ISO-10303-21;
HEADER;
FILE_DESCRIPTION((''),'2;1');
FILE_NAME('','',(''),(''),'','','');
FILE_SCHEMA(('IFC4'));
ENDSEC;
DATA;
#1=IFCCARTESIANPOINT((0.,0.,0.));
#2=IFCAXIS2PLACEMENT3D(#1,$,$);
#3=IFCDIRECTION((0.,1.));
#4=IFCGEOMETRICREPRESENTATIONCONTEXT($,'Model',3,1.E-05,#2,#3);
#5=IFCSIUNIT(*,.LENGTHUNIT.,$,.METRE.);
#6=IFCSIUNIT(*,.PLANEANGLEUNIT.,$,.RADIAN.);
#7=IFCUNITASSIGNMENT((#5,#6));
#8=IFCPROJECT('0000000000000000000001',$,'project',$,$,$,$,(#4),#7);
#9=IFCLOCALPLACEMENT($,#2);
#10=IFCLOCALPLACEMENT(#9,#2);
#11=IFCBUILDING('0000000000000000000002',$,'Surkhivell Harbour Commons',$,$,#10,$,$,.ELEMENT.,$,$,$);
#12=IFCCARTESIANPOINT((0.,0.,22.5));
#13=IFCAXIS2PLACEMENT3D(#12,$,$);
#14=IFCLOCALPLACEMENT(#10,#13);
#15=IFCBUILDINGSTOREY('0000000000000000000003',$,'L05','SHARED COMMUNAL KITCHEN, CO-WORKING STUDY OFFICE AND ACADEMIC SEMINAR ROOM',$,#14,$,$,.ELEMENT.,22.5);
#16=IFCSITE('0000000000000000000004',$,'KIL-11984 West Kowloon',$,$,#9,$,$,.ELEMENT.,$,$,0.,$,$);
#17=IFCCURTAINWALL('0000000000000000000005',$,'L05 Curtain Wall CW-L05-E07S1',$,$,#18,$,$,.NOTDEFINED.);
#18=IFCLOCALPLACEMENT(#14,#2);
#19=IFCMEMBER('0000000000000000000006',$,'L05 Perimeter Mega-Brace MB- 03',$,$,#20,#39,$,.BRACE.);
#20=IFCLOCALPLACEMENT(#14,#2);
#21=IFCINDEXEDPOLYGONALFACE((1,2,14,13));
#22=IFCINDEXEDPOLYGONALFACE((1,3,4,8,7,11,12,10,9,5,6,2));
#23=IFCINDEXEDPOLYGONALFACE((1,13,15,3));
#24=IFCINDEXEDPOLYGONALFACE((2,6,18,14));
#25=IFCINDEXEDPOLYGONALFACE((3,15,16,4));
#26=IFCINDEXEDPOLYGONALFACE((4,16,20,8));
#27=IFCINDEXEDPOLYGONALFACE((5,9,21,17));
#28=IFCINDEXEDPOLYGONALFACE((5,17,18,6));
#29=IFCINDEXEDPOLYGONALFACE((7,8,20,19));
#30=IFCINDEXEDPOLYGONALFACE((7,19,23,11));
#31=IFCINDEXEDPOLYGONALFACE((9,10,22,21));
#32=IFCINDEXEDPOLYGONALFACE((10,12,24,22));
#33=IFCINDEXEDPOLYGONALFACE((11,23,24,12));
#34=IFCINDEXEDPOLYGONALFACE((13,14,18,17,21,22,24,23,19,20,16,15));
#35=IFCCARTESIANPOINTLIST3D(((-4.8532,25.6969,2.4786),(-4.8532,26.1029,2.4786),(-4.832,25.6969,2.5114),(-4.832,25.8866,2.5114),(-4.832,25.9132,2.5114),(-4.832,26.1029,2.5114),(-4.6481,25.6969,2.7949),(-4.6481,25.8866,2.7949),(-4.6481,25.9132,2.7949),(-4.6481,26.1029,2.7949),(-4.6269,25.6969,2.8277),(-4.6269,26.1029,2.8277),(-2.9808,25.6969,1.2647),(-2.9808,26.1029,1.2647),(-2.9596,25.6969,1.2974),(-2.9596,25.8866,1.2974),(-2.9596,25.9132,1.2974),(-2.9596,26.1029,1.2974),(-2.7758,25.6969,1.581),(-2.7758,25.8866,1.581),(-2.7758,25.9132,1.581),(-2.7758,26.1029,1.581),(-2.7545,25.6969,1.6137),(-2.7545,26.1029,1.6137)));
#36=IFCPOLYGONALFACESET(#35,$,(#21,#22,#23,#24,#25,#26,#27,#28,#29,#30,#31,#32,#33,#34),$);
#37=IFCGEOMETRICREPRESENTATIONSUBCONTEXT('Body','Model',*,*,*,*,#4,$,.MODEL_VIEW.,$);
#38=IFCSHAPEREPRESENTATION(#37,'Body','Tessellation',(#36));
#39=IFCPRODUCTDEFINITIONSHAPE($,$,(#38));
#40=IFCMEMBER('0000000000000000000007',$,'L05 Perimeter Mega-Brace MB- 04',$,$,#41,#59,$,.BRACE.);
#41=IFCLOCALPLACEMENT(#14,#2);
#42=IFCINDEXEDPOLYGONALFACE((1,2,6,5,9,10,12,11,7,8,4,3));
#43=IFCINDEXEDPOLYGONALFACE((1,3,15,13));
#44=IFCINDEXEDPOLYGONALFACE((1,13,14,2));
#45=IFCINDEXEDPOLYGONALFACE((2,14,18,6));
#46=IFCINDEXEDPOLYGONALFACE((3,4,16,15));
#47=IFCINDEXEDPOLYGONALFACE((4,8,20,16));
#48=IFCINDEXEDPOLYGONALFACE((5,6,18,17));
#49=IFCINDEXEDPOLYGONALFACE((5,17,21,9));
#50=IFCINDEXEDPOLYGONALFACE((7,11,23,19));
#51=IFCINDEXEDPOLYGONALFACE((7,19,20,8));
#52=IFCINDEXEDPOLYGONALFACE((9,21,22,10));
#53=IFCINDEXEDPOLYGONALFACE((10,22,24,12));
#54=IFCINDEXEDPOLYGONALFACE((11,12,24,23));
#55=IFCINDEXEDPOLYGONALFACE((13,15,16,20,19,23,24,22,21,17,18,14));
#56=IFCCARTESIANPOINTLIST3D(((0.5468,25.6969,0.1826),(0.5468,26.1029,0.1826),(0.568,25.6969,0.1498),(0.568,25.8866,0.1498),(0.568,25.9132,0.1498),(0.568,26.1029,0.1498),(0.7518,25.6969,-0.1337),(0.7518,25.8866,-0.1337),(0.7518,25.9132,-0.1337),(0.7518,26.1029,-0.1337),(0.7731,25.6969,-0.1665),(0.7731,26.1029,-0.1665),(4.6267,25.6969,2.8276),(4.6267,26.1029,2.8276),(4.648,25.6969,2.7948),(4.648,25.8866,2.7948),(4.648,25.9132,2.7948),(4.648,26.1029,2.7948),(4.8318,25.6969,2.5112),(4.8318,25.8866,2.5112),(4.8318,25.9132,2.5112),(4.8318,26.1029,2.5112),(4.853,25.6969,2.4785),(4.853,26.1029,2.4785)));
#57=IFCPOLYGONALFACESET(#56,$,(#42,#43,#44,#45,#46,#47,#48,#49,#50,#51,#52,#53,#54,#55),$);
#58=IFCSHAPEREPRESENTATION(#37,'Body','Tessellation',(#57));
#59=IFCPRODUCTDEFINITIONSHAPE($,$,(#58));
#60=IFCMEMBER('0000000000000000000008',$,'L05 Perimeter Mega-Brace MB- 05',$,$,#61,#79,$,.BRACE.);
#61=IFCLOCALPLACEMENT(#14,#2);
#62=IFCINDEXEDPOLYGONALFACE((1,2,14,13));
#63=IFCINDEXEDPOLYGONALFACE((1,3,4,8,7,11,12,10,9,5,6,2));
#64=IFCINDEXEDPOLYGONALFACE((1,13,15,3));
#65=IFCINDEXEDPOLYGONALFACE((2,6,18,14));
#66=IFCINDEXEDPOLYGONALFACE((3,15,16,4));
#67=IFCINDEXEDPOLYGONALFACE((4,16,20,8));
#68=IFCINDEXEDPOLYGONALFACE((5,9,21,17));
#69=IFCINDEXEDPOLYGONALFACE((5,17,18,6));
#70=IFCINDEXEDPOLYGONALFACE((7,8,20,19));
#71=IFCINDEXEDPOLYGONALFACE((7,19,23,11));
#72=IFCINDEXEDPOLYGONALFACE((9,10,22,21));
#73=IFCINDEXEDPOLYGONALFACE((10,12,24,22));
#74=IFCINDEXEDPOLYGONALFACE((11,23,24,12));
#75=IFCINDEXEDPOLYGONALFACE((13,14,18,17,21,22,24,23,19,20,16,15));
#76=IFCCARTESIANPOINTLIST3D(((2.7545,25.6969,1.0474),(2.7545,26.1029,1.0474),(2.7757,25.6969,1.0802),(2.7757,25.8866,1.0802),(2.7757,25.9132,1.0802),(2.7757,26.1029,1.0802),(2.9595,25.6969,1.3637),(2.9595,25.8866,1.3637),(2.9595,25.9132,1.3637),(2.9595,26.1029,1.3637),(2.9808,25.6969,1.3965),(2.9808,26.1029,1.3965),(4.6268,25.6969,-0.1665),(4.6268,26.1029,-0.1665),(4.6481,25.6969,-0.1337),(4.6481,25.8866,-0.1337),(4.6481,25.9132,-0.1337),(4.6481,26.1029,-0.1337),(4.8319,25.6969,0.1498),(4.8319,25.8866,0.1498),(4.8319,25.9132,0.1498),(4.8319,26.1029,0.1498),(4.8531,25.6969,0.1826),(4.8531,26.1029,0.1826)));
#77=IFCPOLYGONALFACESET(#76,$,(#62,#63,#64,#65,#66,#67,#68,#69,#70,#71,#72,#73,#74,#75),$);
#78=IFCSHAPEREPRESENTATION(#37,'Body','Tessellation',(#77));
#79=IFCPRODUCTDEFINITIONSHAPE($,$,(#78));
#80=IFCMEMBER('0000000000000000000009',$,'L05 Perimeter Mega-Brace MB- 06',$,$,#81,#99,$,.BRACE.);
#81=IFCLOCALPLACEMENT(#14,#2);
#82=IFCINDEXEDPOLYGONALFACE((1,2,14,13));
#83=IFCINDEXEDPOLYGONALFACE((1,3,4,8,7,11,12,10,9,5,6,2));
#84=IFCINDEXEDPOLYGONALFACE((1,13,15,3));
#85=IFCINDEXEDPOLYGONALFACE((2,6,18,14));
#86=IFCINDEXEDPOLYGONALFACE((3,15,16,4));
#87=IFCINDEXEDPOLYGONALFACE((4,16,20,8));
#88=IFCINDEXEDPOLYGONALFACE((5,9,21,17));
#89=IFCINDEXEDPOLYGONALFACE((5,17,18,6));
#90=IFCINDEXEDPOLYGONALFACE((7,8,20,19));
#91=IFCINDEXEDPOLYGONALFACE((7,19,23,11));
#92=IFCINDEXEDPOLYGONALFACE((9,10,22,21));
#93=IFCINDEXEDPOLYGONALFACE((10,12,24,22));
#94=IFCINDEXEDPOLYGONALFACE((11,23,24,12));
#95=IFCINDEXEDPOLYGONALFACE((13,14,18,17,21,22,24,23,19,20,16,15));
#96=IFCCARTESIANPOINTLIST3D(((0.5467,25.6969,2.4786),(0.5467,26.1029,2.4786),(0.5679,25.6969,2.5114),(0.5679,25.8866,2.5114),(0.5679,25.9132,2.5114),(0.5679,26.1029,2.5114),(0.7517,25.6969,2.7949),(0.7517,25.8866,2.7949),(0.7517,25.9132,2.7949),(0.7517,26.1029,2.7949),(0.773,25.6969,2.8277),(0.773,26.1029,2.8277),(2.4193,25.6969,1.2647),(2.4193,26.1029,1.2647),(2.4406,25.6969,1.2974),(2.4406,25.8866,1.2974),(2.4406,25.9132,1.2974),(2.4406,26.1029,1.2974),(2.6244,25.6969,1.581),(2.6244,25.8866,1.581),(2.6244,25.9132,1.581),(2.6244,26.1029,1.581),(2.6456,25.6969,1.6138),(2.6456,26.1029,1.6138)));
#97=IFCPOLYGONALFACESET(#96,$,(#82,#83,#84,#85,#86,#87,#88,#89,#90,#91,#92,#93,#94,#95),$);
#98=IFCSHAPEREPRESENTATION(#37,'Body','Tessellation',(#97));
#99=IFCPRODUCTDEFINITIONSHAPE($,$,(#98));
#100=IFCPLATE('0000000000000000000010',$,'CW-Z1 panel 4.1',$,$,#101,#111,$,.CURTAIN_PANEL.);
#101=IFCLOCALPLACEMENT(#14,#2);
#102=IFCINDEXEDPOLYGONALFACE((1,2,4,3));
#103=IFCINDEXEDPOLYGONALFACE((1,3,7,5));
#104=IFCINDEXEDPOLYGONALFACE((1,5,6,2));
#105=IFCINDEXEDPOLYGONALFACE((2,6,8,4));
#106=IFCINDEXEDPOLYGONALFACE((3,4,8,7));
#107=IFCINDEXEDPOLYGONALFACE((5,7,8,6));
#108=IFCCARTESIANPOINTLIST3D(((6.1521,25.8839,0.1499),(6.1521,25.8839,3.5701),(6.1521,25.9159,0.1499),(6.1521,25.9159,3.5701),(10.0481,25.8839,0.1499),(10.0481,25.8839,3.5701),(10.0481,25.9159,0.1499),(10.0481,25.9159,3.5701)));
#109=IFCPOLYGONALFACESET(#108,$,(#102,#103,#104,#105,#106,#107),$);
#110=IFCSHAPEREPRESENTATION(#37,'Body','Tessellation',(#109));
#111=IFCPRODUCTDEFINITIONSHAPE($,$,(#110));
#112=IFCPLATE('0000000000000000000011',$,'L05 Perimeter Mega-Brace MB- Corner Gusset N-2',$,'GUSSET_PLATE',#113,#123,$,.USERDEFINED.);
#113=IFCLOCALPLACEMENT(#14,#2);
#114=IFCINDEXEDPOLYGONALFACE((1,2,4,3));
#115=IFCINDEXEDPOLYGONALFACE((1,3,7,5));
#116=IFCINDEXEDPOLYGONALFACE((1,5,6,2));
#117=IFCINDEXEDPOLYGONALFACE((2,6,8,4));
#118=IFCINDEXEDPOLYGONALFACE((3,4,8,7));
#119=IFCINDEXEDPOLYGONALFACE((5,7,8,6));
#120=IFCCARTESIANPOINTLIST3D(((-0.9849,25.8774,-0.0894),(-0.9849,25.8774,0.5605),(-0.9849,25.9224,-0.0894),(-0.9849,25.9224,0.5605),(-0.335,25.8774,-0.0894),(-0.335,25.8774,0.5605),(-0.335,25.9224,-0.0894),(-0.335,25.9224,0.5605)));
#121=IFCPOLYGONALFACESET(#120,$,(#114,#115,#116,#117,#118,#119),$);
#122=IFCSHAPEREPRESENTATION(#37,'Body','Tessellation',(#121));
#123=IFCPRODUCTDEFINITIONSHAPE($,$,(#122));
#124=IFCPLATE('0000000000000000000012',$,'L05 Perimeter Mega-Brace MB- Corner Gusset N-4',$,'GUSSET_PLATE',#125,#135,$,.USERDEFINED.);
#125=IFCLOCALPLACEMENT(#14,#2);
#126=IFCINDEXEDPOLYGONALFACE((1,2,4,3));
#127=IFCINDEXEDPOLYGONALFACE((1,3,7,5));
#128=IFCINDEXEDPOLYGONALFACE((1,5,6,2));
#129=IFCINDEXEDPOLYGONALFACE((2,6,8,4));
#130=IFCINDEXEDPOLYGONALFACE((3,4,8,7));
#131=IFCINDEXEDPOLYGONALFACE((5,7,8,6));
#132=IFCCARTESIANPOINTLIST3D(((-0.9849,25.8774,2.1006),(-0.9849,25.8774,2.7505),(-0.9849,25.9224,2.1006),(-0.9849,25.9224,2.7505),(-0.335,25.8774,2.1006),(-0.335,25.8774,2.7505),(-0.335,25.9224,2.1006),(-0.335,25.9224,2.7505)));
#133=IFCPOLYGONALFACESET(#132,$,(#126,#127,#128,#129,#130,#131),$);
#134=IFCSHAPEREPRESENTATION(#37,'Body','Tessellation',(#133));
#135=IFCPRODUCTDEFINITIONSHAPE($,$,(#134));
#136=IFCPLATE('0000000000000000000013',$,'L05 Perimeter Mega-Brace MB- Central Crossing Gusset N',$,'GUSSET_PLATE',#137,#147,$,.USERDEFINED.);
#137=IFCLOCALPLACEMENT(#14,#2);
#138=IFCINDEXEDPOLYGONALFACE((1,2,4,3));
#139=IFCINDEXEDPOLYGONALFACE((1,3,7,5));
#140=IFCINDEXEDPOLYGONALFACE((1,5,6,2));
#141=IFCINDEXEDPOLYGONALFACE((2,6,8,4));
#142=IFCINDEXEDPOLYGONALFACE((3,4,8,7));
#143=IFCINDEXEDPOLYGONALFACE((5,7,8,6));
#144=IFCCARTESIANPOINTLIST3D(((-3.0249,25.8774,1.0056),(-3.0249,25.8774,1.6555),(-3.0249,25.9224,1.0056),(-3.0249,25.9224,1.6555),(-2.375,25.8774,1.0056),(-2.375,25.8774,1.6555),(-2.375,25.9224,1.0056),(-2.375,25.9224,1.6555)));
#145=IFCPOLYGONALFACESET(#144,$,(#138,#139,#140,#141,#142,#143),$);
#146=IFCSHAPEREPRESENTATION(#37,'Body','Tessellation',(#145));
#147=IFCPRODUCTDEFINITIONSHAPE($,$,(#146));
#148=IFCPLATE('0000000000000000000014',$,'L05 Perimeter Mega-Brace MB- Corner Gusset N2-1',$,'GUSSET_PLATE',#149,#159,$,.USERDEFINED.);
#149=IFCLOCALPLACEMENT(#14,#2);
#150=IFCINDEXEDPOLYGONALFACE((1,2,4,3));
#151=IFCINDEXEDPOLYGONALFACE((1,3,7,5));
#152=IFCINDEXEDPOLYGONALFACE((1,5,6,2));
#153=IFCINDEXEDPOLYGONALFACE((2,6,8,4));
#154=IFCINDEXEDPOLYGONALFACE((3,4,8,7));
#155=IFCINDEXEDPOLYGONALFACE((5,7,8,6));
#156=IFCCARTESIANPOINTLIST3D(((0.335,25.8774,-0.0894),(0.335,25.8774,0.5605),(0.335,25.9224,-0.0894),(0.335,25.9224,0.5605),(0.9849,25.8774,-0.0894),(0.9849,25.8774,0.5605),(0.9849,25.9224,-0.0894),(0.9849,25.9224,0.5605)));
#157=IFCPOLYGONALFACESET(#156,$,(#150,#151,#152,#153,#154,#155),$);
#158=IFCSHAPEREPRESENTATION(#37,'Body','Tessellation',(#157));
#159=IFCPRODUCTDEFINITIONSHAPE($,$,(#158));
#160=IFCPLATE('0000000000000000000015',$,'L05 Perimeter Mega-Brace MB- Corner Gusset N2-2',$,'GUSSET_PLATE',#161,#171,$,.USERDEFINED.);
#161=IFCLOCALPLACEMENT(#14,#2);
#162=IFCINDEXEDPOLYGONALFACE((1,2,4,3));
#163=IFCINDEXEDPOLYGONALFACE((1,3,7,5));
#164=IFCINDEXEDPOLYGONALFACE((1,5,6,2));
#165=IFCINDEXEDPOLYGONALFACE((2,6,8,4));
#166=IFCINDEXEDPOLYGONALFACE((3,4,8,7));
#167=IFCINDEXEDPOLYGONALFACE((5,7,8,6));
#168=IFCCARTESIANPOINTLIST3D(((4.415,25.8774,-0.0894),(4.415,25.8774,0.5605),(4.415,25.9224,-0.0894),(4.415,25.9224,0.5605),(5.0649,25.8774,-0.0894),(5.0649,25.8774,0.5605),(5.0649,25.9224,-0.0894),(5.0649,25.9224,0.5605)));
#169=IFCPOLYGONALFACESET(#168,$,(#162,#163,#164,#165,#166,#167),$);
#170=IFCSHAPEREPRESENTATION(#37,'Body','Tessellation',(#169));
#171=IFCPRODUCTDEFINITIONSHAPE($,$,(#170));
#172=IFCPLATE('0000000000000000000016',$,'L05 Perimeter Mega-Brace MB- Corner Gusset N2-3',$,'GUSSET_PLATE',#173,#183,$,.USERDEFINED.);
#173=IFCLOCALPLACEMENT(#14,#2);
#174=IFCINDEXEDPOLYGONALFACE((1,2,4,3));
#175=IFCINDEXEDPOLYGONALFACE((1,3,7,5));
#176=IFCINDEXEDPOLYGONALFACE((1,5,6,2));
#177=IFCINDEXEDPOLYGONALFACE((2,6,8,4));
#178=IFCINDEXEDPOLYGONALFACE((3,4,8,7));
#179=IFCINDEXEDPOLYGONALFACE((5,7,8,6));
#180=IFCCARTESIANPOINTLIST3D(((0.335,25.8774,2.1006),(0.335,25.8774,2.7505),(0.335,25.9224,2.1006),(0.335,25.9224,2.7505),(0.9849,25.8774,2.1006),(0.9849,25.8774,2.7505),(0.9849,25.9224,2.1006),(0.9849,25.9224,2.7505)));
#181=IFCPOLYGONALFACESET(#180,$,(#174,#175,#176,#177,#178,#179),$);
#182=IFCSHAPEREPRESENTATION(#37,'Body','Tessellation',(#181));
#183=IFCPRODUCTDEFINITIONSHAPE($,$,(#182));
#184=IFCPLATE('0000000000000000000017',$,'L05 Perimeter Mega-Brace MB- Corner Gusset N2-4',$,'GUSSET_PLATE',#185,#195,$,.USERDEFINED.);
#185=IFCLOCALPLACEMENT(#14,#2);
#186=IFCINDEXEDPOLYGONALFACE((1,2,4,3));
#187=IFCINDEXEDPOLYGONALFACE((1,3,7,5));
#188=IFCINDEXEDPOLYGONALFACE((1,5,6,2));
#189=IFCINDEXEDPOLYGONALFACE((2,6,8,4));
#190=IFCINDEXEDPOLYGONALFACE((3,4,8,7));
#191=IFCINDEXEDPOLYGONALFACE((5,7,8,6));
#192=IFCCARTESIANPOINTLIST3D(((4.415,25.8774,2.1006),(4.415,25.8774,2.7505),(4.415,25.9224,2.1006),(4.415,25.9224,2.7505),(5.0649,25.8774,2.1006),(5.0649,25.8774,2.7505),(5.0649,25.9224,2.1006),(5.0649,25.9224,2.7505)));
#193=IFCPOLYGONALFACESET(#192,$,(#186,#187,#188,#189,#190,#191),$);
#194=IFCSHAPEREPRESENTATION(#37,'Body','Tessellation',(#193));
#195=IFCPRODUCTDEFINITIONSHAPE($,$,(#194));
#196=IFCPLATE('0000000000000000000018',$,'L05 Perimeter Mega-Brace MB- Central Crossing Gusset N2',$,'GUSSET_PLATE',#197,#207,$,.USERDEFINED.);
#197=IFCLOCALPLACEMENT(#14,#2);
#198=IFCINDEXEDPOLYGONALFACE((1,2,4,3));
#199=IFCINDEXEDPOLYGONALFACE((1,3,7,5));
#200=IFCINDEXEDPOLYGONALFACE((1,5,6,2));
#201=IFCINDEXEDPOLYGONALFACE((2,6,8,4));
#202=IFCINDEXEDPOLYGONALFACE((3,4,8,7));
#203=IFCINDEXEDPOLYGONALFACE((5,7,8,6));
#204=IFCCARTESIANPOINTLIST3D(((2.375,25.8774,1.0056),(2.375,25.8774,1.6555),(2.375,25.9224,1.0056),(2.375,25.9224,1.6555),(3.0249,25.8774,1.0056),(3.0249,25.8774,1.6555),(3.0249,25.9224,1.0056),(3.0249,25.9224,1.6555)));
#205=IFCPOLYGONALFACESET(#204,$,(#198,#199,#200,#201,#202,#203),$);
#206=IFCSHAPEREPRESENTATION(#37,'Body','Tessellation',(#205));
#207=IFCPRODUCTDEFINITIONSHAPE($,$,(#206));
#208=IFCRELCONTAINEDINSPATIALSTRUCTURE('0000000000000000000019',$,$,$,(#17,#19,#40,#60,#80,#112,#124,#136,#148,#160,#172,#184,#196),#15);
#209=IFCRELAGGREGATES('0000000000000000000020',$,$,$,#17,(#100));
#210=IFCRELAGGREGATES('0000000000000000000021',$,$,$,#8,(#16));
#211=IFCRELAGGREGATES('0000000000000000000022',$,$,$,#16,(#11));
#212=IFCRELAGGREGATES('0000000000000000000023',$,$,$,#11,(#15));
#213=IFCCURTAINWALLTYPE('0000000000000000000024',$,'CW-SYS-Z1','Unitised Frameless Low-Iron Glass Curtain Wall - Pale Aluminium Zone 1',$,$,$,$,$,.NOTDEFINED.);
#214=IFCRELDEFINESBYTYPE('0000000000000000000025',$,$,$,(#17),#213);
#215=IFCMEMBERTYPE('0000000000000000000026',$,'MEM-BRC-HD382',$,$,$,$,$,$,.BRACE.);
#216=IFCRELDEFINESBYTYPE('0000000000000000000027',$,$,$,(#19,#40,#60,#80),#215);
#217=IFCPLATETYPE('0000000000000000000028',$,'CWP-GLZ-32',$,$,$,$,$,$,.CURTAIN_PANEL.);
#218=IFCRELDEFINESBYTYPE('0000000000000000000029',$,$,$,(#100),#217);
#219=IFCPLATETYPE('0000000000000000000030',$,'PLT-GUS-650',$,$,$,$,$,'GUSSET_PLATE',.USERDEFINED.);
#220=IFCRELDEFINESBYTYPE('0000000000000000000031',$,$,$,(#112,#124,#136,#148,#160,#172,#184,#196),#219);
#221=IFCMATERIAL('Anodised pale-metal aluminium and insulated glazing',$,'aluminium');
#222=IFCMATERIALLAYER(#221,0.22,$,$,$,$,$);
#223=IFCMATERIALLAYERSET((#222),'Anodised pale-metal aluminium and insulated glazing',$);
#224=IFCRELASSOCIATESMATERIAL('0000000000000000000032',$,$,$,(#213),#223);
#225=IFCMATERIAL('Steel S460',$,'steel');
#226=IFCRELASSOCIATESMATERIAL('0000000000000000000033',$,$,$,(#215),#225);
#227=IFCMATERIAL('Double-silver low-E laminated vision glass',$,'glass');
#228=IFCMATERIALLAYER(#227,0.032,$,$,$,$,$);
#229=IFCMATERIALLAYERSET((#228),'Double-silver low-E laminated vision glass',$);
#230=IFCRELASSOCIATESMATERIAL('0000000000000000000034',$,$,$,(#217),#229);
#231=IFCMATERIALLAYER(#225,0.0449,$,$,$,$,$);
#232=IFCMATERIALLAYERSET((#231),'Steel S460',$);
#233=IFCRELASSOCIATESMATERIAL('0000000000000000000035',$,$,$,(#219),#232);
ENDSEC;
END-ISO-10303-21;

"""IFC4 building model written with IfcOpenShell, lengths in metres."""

from ifc_helpers import new_model, si_unit, direction, frame, frame_2d, origin, origin_2d, place, context, subcontext, project, spatial, rectangle, i_section, extrude, material, layer, layer_set, material_profile, profile_set, type_object, element, aggregate, save


model = new_model("IFC4")

# Units and contexts
model_context = context("Model", 3, precision=1e-05, world=origin(), true_north=direction((0.0, 1.0)))
body_context = subcontext(model_context, "Body", "Model", "MODEL_VIEW")
ifc_project = project(units=[si_unit("LENGTHUNIT", "METRE"), si_unit("PLANEANGLEUNIT", "RADIAN")], contexts=[model_context])

# Site, building, storey
site_placement = place(None, origin())
site = spatial("IfcSite", under=ifc_project, at=site_placement, Name="KIL-11984 West Kowloon", CompositionType="ELEMENT", RefElevation=0.0)
building_placement = place(site_placement, origin())
building = spatial("IfcBuilding", under=site, at=building_placement, Name="Surkhivell Harbour Commons", CompositionType="ELEMENT")
storey_placement = place(building_placement, frame((0.0, 0.0, 22.5)))
storey = spatial("IfcBuildingStorey", under=building, at=storey_placement, Name="L05", Description="SHARED COMMUNAL KITCHEN, CO-WORKING STUDY OFFICE AND ACADEMIC SEMINAR ROOM", CompositionType="ELEMENT", Elevation=22.5)

# Shared definitions
ifc_material_1 = material(Name="Steel S460", Category="steel")

# Curtain wall
ifc_material_2 = material(Name="Anodised pale-metal aluminium and insulated glazing", Category="aluminium")
ifc_layer_1 = layer(ifc_material_2, 0.22)
ifc_layer_set_1 = layer_set([ifc_layer_1], Name="Anodised pale-metal aluminium and insulated glazing")
curtain_wall_type = type_object("IfcCurtainWallType", Name="CW-SYS-Z1", Description="Unitised Frameless Low-Iron Glass Curtain Wall - Pale Aluminium Zone 1", PredefinedType="NOTDEFINED", material=ifc_layer_set_1)
curtain_wall_placement = place(storey_placement, origin())
curtain_wall = element("IfcCurtainWall", 1, at=curtain_wall_placement, inside=storey, type_object=curtain_wall_type, Name="L05 Curtain Wall CW-L05-E07S1", PredefinedType="NOTDEFINED")

# Members
ifc_material_profile_1 = material_profile(ifc_material_1, i_section(OverallWidth=0.406, OverallDepth=0.416, WebThickness=0.0266, FlangeThickness=0.0391, at=origin_2d()), Name="HD400x382")
ifc_profile_set_1 = profile_set([ifc_material_profile_1], Name="Steel S460")
member_type_1 = type_object("IfcMemberType", Name="MEM-BRC-HD382", PredefinedType="BRACE", material=ifc_profile_set_1)
member_1_placement = place(storey_placement, frame((-2.8677, 25.8999, 1.4392), z_axis=(-0.839085, 0.0, 0.544), x_axis=(0.0, -1.0, 0.0)))
element("IfcMember", 2, at=member_1_placement, inside=storey, type_object=member_type_1, Name="L05 Perimeter Mega-Brace MB- 03", PredefinedType="BRACE", context=body_context, shape_type="SweptSolid", body=[
    extrude(i_section(OverallWidth=0.406, OverallDepth=0.416, WebThickness=0.0266, FlangeThickness=0.0391, at=origin_2d()), origin(), (0.0, 0.0, 1.0), 2.2314),
])
member_2_placement = place(storey_placement, frame((0.6599, 25.8999, 0.0081), z_axis=(0.839104, 0.0, 0.543971), x_axis=(0.0, 1.0, 0.0)))
element("IfcMember", 3, at=member_2_placement, inside=storey, type_object=member_type_1, Name="L05 Perimeter Mega-Brace MB- 04", PredefinedType="BRACE", context=body_context, shape_type="SweptSolid", body=[
    extrude(i_section(OverallWidth=0.406, OverallDepth=0.416, WebThickness=0.0266, FlangeThickness=0.0391, at=origin_2d()), origin(), (0.0, 0.0, 1.0), 4.8623),
])
member_3_placement = place(storey_placement, frame((4.74, 25.8999, 0.0081), z_axis=(-0.839085, 0.0, 0.544), x_axis=(0.0, -1.0, 0.0)))
element("IfcMember", 4, at=member_3_placement, inside=storey, type_object=member_type_1, Name="L05 Perimeter Mega-Brace MB- 05", PredefinedType="BRACE", context=body_context, shape_type="SweptSolid", body=[
    extrude(i_section(OverallWidth=0.406, OverallDepth=0.416, WebThickness=0.0266, FlangeThickness=0.0391, at=origin_2d()), origin(), (0.0, 0.0, 1.0), 2.2314),
])
member_4_placement = place(storey_placement, frame((2.5325, 25.8999, 1.4392), z_axis=(-0.839118, 0.0, 0.54395), x_axis=(0.0, -1.0, 0.0)))
element("IfcMember", 5, at=member_4_placement, inside=storey, type_object=member_type_1, Name="L05 Perimeter Mega-Brace MB- 06", PredefinedType="BRACE", context=body_context, shape_type="SweptSolid", body=[
    extrude(i_section(OverallWidth=0.406, OverallDepth=0.416, WebThickness=0.0266, FlangeThickness=0.0391, at=origin_2d()), origin(), (0.0, 0.0, 1.0), 2.2317),
])

# Plate
ifc_material_3 = material(Name="Double-silver low-E laminated vision glass", Category="glass")
ifc_layer_2 = layer(ifc_material_3, 0.032)
ifc_layer_set_2 = layer_set([ifc_layer_2], Name="Double-silver low-E laminated vision glass")
plate_type_1 = type_object("IfcPlateType", Name="CWP-GLZ-32", PredefinedType="CURTAIN_PANEL", material=ifc_layer_set_2)
plate_placement = place(storey_placement, frame((10.0481, 25.8999, 0.1499), z_axis=(0.0, 0.0, 1.0), x_axis=(-1.0, 0.0, 0.0)))
plate = element("IfcPlate", 6, at=plate_placement, type_object=plate_type_1, Name="CW-Z1 panel 4.1", PredefinedType="CURTAIN_PANEL", context=body_context, shape_type="SweptSolid", body=[
    extrude(rectangle(XDim=3.896, YDim=0.032, at=frame_2d((1.948, 0.0))), origin(), (0.0, 0.0, 1.0), 3.4202),
])
aggregate(curtain_wall, [plate])

# Plates
ifc_layer_3 = layer(ifc_material_1, 0.0449)
ifc_layer_set_3 = layer_set([ifc_layer_3], Name="Steel S460")
plate_type_2 = type_object("IfcPlateType", Name="PLT-GUS-650", ElementType="GUSSET_PLATE", PredefinedType="USERDEFINED", material=ifc_layer_set_3)
for number, where, z_axis, x_axis, name in (
    (7, (-0.6599, 25.8999, -0.0894), (0.0, 0.0, 1.0), (1.0, 0.0, 0.0), "L05 Perimeter Mega-Brace MB- Corner Gusset N-2"),
    (8, (-0.6599, 25.8999, 2.1006), (0.0, 0.0, 1.0), (1.0, 0.0, 0.0), "L05 Perimeter Mega-Brace MB- Corner Gusset N-4"),
    (9, (-2.7, 25.8999, 1.0056), (0.0, 0.0, 1.0), (1.0, 0.0, 0.0), "L05 Perimeter Mega-Brace MB- Central Crossing Gusset N"),
    (10, (0.6599, 25.8999, -0.0894), (0.0, 0.0, 1.0), (1.0, 0.0, 0.0), "L05 Perimeter Mega-Brace MB- Corner Gusset N2-1"),
    (11, (4.74, 25.8999, -0.0894), (0.0, 0.0, 1.0), (1.0, 0.0, 0.0), "L05 Perimeter Mega-Brace MB- Corner Gusset N2-2"),
    (12, (0.6599, 25.8999, 2.1006), (0.0, 0.0, 1.0), (1.0, 0.0, 0.0), "L05 Perimeter Mega-Brace MB- Corner Gusset N2-3"),
    (13, (4.74, 25.8999, 2.1006), (0.0, 0.0, 1.0), (1.0, 0.0, 0.0), "L05 Perimeter Mega-Brace MB- Corner Gusset N2-4"),
    (14, (2.7, 25.8999, 1.0056), (0.0, 0.0, 1.0), (1.0, 0.0, 0.0), "L05 Perimeter Mega-Brace MB- Central Crossing Gusset N2"),
):
    element("IfcPlate", number, at=place(storey_placement, frame(where, z_axis=z_axis, x_axis=x_axis)), inside=storey, type_object=plate_type_2, Name=name, ObjectType="GUSSET_PLATE", PredefinedType="USERDEFINED", context=body_context, shape_type="SweptSolid", body=[
        extrude(rectangle(XDim=0.6499, YDim=0.0449, at=origin_2d()), origin(), (0.0, 0.0, 1.0), 0.6499),
    ])

save(model, "model.ifc")
